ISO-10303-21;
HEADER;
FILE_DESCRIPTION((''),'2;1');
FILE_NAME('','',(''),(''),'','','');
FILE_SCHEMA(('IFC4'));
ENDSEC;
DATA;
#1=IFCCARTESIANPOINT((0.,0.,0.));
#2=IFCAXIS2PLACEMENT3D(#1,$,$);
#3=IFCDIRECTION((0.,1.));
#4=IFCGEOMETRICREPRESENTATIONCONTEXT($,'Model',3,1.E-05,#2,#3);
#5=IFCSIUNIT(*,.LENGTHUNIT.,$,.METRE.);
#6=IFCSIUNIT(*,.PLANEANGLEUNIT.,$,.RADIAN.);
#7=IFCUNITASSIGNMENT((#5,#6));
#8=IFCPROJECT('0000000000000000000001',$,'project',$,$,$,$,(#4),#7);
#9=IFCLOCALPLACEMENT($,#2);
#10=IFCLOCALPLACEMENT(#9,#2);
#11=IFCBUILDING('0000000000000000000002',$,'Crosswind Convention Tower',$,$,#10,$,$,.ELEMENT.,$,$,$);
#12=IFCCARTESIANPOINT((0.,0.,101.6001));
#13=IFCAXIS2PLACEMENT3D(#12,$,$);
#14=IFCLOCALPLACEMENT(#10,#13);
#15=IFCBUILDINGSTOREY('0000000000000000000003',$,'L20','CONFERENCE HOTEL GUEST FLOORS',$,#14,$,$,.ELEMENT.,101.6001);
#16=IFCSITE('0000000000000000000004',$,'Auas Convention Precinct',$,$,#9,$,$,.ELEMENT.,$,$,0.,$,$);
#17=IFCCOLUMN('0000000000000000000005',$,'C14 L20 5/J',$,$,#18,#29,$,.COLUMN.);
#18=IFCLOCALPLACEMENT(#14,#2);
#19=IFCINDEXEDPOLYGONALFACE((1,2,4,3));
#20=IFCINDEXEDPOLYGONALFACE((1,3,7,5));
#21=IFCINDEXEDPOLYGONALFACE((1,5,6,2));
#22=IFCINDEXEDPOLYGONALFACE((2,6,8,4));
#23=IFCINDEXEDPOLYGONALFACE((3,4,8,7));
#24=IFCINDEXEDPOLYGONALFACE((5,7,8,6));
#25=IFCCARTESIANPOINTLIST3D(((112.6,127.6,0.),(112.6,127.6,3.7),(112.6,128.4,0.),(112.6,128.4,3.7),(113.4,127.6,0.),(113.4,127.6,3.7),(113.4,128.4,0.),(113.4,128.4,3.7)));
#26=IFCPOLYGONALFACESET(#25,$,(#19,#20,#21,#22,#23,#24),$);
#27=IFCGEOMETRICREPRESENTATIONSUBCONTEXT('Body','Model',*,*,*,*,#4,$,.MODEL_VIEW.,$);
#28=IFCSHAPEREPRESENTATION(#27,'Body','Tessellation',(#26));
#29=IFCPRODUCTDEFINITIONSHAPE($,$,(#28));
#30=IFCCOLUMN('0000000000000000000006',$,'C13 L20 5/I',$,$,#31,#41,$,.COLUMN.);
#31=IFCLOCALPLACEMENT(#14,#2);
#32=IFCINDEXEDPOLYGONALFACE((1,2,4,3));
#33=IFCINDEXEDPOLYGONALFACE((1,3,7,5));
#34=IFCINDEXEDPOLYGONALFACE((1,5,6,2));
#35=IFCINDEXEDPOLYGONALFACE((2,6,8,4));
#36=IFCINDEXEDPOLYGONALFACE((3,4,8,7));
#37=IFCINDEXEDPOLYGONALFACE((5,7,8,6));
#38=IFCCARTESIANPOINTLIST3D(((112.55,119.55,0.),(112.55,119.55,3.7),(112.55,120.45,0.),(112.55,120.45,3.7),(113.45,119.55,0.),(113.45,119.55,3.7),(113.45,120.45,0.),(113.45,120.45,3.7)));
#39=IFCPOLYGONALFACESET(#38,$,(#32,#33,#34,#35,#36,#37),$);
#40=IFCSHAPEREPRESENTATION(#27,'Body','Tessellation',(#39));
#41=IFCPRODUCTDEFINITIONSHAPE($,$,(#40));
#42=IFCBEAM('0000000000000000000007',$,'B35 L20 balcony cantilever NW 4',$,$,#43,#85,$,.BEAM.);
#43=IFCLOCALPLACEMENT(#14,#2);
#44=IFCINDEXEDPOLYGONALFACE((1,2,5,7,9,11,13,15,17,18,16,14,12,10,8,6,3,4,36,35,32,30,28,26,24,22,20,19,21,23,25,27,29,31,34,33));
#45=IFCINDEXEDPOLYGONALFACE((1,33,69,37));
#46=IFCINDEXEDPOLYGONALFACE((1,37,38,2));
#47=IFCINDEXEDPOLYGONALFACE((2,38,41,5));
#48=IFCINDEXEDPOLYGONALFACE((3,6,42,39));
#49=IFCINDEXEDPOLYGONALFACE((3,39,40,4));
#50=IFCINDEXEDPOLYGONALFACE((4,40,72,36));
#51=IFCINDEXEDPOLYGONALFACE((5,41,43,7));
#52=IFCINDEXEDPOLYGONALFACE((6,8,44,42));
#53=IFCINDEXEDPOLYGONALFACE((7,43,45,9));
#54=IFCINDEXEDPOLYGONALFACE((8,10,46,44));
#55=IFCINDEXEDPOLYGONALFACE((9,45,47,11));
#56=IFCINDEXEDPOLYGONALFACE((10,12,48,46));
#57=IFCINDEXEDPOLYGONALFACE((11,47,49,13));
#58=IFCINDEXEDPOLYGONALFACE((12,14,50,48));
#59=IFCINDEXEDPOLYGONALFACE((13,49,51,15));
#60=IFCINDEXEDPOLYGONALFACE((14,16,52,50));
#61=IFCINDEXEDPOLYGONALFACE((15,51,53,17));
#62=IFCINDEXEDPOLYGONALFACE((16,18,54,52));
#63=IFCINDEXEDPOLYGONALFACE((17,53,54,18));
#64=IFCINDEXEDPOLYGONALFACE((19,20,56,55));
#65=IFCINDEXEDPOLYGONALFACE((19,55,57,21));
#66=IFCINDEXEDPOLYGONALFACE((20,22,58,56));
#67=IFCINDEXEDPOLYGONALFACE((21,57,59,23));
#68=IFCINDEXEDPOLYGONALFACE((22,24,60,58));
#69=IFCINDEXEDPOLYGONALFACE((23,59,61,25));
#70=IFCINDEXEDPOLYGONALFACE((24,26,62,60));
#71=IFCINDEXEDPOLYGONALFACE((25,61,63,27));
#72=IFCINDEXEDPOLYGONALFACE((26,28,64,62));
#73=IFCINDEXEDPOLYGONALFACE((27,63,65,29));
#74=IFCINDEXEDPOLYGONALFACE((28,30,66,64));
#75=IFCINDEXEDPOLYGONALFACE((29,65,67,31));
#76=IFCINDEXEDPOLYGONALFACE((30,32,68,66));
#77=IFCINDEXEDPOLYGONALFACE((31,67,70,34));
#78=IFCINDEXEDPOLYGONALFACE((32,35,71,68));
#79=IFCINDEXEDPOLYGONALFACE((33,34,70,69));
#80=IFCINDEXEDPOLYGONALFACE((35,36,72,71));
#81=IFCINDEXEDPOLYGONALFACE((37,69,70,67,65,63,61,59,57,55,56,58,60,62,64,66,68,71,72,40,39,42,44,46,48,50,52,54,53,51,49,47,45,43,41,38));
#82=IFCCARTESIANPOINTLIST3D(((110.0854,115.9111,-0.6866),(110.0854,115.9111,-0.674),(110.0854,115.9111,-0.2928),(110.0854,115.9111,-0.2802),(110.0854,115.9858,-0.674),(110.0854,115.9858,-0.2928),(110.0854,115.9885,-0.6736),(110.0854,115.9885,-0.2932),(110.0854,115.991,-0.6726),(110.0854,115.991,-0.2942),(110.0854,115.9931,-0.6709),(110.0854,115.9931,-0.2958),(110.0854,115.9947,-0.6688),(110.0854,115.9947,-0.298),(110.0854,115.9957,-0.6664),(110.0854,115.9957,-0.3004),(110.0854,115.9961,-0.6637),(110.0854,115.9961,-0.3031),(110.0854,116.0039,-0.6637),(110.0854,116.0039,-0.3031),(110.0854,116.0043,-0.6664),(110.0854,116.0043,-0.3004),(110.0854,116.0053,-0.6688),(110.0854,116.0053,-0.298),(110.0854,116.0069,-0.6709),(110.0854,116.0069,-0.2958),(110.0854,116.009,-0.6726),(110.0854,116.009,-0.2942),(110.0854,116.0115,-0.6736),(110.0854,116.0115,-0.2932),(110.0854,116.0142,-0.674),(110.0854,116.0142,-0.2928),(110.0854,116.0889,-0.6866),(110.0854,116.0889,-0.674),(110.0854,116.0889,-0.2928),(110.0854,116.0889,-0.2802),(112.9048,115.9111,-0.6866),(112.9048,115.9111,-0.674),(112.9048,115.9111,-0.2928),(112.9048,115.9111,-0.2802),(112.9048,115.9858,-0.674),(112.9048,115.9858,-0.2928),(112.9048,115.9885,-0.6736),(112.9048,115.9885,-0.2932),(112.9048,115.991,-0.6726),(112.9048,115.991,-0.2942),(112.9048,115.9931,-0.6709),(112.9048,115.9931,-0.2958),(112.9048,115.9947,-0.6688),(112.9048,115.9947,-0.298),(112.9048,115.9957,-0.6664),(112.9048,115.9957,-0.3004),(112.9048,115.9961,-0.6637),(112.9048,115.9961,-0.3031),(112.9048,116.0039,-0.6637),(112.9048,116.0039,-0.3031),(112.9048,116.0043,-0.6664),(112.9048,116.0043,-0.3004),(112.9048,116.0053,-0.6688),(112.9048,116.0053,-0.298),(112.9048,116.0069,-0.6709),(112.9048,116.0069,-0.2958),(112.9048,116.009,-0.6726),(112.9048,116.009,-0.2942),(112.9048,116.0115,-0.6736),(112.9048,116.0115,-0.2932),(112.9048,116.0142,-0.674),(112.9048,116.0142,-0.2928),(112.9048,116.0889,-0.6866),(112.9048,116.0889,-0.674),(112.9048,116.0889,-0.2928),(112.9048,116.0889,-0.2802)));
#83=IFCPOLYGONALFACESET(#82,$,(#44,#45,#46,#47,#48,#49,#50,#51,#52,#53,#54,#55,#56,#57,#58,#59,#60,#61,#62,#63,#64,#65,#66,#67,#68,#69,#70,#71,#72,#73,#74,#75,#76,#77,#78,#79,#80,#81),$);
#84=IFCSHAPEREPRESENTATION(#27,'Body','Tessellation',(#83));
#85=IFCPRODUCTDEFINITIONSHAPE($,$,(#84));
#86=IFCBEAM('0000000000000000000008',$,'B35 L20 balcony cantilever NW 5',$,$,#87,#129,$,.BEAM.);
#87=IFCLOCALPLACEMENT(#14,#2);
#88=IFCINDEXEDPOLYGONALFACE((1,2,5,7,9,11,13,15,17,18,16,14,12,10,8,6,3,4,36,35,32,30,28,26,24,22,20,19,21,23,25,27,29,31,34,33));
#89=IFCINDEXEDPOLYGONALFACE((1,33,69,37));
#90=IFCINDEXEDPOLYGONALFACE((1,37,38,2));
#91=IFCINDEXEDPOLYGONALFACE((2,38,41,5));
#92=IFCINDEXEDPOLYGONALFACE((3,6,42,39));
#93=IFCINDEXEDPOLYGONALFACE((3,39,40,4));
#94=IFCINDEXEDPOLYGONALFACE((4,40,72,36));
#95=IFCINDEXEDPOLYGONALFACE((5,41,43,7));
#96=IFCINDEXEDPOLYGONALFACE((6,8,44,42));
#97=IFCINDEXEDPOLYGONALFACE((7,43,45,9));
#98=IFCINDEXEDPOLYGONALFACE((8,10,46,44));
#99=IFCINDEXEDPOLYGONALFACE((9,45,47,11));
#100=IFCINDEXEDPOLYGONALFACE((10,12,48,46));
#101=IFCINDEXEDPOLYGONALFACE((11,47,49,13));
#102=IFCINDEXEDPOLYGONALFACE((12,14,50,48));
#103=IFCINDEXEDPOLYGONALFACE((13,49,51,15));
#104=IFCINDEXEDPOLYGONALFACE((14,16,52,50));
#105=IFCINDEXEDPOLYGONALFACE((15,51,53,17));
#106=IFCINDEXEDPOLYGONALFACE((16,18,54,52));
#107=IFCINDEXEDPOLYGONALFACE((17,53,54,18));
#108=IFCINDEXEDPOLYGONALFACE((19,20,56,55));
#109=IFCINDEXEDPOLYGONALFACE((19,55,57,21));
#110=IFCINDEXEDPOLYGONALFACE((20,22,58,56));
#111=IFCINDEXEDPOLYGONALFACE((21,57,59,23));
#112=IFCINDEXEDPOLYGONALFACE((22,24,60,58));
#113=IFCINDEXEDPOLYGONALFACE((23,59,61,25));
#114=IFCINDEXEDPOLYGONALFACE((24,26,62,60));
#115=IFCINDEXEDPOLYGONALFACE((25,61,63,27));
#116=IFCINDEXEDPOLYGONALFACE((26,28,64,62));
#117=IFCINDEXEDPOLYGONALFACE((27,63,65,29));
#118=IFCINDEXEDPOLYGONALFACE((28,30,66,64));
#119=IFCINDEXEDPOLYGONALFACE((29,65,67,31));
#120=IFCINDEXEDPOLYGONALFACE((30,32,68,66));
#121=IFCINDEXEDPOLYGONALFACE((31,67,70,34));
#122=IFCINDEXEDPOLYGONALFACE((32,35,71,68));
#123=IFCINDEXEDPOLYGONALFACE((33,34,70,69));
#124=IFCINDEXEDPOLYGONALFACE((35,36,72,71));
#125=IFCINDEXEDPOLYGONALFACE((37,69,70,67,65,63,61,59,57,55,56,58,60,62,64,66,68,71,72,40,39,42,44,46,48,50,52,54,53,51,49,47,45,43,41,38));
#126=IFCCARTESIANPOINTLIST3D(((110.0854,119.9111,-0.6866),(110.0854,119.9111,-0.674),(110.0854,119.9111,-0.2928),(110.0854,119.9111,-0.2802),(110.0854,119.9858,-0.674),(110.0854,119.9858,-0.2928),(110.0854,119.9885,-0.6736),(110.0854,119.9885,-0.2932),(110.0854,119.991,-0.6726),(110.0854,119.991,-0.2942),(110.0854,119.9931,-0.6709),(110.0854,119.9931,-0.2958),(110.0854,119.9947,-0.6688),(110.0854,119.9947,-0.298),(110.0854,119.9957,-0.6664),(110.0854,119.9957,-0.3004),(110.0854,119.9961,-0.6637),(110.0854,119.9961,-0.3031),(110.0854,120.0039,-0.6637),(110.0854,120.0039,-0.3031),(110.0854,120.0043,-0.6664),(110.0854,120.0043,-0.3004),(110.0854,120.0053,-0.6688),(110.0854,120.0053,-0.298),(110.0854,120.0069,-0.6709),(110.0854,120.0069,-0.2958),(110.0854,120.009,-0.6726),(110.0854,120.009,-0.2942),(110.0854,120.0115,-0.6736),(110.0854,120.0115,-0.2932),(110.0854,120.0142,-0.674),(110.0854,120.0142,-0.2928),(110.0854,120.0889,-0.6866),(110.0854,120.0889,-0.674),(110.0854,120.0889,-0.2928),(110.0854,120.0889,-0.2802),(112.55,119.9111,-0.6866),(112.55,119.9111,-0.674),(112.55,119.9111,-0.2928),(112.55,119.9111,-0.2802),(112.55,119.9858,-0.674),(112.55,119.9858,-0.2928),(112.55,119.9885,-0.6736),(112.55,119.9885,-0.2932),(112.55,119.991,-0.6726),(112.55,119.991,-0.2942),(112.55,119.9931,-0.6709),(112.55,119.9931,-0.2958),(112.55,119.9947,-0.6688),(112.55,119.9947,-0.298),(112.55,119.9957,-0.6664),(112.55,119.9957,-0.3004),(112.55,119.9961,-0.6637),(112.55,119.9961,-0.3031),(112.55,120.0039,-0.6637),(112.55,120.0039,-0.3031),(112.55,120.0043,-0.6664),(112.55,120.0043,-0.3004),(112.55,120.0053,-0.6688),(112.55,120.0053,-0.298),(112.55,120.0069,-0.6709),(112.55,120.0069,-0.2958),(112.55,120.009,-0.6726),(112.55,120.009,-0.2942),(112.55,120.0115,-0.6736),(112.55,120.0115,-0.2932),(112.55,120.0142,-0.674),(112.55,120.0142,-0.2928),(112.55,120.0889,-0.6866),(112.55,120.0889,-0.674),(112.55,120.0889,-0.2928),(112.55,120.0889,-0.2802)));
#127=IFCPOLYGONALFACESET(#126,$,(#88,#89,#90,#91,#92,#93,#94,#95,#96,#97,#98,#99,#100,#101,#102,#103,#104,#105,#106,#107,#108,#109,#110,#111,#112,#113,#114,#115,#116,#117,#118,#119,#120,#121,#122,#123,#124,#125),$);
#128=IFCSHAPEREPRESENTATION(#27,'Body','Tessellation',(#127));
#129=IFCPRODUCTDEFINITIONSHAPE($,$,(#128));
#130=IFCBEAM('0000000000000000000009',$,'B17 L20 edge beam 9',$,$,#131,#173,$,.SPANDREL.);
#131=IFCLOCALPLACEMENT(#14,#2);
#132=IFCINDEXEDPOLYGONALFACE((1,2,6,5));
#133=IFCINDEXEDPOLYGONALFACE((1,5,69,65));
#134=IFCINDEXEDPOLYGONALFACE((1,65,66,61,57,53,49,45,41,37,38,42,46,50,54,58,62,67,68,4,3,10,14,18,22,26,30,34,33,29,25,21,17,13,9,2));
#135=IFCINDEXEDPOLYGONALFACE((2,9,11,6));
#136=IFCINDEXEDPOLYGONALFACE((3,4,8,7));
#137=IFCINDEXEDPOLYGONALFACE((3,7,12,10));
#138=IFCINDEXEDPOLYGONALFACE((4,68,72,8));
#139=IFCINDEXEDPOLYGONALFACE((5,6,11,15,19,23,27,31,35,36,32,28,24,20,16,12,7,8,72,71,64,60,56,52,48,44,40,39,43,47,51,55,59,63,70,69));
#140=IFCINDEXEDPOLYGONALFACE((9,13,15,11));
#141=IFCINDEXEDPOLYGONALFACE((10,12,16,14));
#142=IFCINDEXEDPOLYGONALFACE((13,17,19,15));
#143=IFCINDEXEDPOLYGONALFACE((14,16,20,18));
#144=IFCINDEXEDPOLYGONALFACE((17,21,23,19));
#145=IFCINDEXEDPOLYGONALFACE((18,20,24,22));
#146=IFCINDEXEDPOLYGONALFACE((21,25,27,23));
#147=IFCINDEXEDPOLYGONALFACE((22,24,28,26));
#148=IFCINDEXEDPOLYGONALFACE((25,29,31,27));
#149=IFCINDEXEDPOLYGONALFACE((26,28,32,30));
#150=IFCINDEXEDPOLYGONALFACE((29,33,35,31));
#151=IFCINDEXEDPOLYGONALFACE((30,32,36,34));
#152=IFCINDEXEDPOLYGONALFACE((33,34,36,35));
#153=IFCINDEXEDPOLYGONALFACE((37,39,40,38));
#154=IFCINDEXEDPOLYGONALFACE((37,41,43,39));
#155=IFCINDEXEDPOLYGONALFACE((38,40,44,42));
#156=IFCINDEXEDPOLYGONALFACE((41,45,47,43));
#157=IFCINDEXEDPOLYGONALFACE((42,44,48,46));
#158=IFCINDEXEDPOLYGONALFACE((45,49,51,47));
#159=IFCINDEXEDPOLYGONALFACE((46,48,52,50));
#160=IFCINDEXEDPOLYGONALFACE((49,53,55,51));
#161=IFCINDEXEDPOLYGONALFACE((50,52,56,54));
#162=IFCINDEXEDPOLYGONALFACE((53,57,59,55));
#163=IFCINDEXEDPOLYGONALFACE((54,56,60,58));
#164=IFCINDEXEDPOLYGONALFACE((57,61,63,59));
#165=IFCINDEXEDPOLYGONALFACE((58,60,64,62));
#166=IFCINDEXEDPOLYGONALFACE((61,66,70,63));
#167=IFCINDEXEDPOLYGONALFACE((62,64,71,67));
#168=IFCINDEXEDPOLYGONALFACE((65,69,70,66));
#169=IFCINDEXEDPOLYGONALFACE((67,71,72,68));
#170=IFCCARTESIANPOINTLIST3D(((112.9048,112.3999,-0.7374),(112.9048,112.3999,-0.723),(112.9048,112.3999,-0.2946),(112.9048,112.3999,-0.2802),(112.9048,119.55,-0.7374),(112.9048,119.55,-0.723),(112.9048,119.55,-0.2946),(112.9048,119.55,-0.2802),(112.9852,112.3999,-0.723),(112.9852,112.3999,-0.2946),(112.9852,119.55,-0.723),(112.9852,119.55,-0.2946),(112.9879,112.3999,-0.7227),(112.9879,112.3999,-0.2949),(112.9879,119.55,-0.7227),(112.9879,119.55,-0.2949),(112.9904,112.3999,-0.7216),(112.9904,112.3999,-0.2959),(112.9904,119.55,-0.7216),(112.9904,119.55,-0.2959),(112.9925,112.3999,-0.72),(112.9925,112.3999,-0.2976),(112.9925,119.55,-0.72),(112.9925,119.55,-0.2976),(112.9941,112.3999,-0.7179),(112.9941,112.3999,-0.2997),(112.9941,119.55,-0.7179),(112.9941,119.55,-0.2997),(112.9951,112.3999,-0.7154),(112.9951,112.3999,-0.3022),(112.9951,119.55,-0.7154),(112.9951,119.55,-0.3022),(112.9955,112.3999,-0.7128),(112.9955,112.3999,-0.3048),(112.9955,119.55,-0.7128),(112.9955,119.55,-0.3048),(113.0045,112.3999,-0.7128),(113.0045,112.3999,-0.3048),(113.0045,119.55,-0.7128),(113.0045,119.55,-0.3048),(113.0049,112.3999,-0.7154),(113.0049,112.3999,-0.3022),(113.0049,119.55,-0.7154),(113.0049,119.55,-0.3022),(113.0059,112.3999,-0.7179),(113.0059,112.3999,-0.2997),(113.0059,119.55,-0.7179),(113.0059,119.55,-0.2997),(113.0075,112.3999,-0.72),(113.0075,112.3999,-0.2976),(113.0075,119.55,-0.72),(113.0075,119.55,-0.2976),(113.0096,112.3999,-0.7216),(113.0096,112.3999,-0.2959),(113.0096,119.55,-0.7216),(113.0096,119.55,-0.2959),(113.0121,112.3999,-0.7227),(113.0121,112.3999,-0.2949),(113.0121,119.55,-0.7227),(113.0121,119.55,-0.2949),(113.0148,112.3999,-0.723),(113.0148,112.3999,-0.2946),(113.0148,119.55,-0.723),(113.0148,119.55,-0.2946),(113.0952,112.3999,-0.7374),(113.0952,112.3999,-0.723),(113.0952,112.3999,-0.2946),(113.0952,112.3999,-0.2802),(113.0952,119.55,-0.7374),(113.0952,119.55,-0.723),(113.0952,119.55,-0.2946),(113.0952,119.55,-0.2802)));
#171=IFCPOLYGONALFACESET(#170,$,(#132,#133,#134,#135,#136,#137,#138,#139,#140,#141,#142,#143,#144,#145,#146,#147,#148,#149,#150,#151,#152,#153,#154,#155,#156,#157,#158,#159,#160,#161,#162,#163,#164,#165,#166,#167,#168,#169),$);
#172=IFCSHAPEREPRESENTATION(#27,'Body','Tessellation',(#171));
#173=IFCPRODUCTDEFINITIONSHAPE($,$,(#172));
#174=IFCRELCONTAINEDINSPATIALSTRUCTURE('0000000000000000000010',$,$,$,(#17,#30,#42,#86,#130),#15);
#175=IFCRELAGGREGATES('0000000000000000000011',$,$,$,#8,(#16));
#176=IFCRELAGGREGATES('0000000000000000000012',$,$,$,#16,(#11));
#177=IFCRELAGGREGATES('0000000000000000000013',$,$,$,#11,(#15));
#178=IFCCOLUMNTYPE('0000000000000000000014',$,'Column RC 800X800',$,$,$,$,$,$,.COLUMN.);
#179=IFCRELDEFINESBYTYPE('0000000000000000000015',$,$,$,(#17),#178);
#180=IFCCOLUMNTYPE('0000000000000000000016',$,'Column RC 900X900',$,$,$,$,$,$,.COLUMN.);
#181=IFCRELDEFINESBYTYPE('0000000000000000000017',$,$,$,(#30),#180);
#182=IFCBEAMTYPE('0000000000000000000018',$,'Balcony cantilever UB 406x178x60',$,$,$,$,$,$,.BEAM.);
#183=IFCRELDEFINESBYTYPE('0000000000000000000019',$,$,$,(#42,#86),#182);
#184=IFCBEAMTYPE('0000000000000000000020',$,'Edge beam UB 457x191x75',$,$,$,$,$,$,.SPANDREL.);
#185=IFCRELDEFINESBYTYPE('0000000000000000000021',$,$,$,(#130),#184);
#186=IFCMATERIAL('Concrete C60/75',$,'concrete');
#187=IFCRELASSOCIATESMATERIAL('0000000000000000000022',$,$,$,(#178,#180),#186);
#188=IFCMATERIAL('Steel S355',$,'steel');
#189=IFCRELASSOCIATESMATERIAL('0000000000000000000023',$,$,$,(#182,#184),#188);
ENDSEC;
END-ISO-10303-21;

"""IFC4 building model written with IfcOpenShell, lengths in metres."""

from ifc_helpers import new_model, si_unit, direction, frame, origin, origin_2d, place, context, subcontext, project, spatial, rectangle, i_section, extrude, material, material_profile, profile_set, type_object, element, save


model = new_model("IFC4")

# Units and contexts
model_context = context("Model", 3, precision=1e-05, world=origin(), true_north=direction((0.0, 1.0)))
body_context = subcontext(model_context, "Body", "Model", "MODEL_VIEW")
ifc_project = project(units=[si_unit("LENGTHUNIT", "METRE"), si_unit("PLANEANGLEUNIT", "RADIAN")], contexts=[model_context])

# Site, building, storey
site_placement = place(None, origin())
site = spatial("IfcSite", under=ifc_project, at=site_placement, Name="Auas Convention Precinct", CompositionType="ELEMENT", RefElevation=0.0)
building_placement = place(site_placement, origin())
building = spatial("IfcBuilding", under=site, at=building_placement, Name="Crosswind Convention Tower", CompositionType="ELEMENT")
storey_placement = place(building_placement, frame((0.0, 0.0, 101.6001)))
storey = spatial("IfcBuildingStorey", under=building, at=storey_placement, Name="L20", Description="CONFERENCE HOTEL GUEST FLOORS", CompositionType="ELEMENT", Elevation=101.6001)

# Columns
ifc_material_1 = material(Name="Concrete C60/75", Category="concrete")
ifc_material_profile_1 = material_profile(ifc_material_1, rectangle(XDim=0.8, YDim=0.8, at=origin_2d()), Name="RC 800X800")
ifc_profile_set_1 = profile_set([ifc_material_profile_1], Name="Concrete C60/75")
column_type_1 = type_object("IfcColumnType", Name="Column RC 800X800", PredefinedType="COLUMN", material=ifc_profile_set_1)
column_1_placement = place(storey_placement, frame((113.0, 128.0, 0.0), z_axis=(0.0, 0.0, 1.0), x_axis=(1.0, 0.0, 0.0)))
element("IfcColumn", 1, at=column_1_placement, inside=storey, type_object=column_type_1, Name="C14 L20 5/J", PredefinedType="COLUMN", context=body_context, shape_type="SweptSolid", body=[
    extrude(rectangle(XDim=0.8, YDim=0.8, at=origin_2d()), origin(), (0.0, 0.0, 1.0), 3.7),
])
ifc_material_profile_2 = material_profile(ifc_material_1, rectangle(XDim=0.8999, YDim=0.8999, at=origin_2d()), Name="RC 900X900")
ifc_profile_set_2 = profile_set([ifc_material_profile_2], Name="Concrete C60/75")
column_type_2 = type_object("IfcColumnType", Name="Column RC 900X900", PredefinedType="COLUMN", material=ifc_profile_set_2)
column_2_placement = place(storey_placement, frame((113.0, 120.0, 0.0), z_axis=(0.0, 0.0, 1.0), x_axis=(1.0, 0.0, 0.0)))
element("IfcColumn", 2, at=column_2_placement, inside=storey, type_object=column_type_2, Name="C13 L20 5/I", PredefinedType="COLUMN", context=body_context, shape_type="SweptSolid", body=[
    extrude(rectangle(XDim=0.8999, YDim=0.8999, at=origin_2d()), origin(), (0.0, 0.0, 1.0), 3.7),
])

# Beams
ifc_material_2 = material(Name="Steel S355", Category="steel")
ifc_material_profile_3 = material_profile(ifc_material_2, i_section(OverallWidth=0.1777, OverallDepth=0.4065, WebThickness=0.0078, FlangeThickness=0.0127, FilletRadius=0.0103, at=origin_2d()), Name="UB 406x178x60")
ifc_profile_set_3 = profile_set([ifc_material_profile_3], Name="Steel S355")
beam_type_1 = type_object("IfcBeamType", Name="Balcony cantilever UB 406x178x60", PredefinedType="BEAM", material=ifc_profile_set_3)
beam_1_placement = place(storey_placement, frame((112.9048, 116.0, -0.4834), z_axis=(-1.0, 0.0, 0.0), x_axis=(0.0, -1.0, 0.0)))
element("IfcBeam", 3, at=beam_1_placement, inside=storey, type_object=beam_type_1, Name="B35 L20 balcony cantilever NW 4", PredefinedType="BEAM", context=body_context, shape_type="SweptSolid", body=[
    extrude(i_section(OverallWidth=0.1777, OverallDepth=0.4065, WebThickness=0.0078, FlangeThickness=0.0127, FilletRadius=0.0103, at=origin_2d()), origin(), (0.0, 0.0, 1.0), 2.8193),
])
beam_2_placement = place(storey_placement, frame((112.55, 120.0, -0.4834), z_axis=(-1.0, 0.0, 0.0), x_axis=(0.0, -1.0, 0.0)))
element("IfcBeam", 4, at=beam_2_placement, inside=storey, type_object=beam_type_1, Name="B35 L20 balcony cantilever NW 5", PredefinedType="BEAM", context=body_context, shape_type="SweptSolid", body=[
    extrude(i_section(OverallWidth=0.1777, OverallDepth=0.4065, WebThickness=0.0078, FlangeThickness=0.0127, FilletRadius=0.0103, at=origin_2d()), origin(), (0.0, 0.0, 1.0), 2.4646),
])
ifc_material_profile_4 = material_profile(ifc_material_2, i_section(OverallWidth=0.1904, OverallDepth=0.4573, WebThickness=0.009, FlangeThickness=0.0144, FilletRadius=0.0103, at=origin_2d()), Name="UB 457x191x75")
ifc_profile_set_4 = profile_set([ifc_material_profile_4], Name="Steel S355")
beam_type_2 = type_object("IfcBeamType", Name="Edge beam UB 457x191x75", PredefinedType="SPANDREL", material=ifc_profile_set_4)
for number, where, z_axis, x_axis, name in (
    (5, (113.0, 112.3999, -0.5088), (0.0, 1.0, 0.0), (-1.0, 0.0, 0.0), "B17 L20 edge beam 9"),
):
    element("IfcBeam", number, at=place(storey_placement, frame(where, z_axis=z_axis, x_axis=x_axis)), inside=storey, type_object=beam_type_2, Name=name, PredefinedType="SPANDREL", context=body_context, shape_type="SweptSolid", body=[
        extrude(i_section(OverallWidth=0.1904, OverallDepth=0.4573, WebThickness=0.009, FlangeThickness=0.0144, FilletRadius=0.0103, at=origin_2d()), origin(), (0.0, 0.0, 1.0), 7.1501),
    ])

save(model, "model.ifc")
